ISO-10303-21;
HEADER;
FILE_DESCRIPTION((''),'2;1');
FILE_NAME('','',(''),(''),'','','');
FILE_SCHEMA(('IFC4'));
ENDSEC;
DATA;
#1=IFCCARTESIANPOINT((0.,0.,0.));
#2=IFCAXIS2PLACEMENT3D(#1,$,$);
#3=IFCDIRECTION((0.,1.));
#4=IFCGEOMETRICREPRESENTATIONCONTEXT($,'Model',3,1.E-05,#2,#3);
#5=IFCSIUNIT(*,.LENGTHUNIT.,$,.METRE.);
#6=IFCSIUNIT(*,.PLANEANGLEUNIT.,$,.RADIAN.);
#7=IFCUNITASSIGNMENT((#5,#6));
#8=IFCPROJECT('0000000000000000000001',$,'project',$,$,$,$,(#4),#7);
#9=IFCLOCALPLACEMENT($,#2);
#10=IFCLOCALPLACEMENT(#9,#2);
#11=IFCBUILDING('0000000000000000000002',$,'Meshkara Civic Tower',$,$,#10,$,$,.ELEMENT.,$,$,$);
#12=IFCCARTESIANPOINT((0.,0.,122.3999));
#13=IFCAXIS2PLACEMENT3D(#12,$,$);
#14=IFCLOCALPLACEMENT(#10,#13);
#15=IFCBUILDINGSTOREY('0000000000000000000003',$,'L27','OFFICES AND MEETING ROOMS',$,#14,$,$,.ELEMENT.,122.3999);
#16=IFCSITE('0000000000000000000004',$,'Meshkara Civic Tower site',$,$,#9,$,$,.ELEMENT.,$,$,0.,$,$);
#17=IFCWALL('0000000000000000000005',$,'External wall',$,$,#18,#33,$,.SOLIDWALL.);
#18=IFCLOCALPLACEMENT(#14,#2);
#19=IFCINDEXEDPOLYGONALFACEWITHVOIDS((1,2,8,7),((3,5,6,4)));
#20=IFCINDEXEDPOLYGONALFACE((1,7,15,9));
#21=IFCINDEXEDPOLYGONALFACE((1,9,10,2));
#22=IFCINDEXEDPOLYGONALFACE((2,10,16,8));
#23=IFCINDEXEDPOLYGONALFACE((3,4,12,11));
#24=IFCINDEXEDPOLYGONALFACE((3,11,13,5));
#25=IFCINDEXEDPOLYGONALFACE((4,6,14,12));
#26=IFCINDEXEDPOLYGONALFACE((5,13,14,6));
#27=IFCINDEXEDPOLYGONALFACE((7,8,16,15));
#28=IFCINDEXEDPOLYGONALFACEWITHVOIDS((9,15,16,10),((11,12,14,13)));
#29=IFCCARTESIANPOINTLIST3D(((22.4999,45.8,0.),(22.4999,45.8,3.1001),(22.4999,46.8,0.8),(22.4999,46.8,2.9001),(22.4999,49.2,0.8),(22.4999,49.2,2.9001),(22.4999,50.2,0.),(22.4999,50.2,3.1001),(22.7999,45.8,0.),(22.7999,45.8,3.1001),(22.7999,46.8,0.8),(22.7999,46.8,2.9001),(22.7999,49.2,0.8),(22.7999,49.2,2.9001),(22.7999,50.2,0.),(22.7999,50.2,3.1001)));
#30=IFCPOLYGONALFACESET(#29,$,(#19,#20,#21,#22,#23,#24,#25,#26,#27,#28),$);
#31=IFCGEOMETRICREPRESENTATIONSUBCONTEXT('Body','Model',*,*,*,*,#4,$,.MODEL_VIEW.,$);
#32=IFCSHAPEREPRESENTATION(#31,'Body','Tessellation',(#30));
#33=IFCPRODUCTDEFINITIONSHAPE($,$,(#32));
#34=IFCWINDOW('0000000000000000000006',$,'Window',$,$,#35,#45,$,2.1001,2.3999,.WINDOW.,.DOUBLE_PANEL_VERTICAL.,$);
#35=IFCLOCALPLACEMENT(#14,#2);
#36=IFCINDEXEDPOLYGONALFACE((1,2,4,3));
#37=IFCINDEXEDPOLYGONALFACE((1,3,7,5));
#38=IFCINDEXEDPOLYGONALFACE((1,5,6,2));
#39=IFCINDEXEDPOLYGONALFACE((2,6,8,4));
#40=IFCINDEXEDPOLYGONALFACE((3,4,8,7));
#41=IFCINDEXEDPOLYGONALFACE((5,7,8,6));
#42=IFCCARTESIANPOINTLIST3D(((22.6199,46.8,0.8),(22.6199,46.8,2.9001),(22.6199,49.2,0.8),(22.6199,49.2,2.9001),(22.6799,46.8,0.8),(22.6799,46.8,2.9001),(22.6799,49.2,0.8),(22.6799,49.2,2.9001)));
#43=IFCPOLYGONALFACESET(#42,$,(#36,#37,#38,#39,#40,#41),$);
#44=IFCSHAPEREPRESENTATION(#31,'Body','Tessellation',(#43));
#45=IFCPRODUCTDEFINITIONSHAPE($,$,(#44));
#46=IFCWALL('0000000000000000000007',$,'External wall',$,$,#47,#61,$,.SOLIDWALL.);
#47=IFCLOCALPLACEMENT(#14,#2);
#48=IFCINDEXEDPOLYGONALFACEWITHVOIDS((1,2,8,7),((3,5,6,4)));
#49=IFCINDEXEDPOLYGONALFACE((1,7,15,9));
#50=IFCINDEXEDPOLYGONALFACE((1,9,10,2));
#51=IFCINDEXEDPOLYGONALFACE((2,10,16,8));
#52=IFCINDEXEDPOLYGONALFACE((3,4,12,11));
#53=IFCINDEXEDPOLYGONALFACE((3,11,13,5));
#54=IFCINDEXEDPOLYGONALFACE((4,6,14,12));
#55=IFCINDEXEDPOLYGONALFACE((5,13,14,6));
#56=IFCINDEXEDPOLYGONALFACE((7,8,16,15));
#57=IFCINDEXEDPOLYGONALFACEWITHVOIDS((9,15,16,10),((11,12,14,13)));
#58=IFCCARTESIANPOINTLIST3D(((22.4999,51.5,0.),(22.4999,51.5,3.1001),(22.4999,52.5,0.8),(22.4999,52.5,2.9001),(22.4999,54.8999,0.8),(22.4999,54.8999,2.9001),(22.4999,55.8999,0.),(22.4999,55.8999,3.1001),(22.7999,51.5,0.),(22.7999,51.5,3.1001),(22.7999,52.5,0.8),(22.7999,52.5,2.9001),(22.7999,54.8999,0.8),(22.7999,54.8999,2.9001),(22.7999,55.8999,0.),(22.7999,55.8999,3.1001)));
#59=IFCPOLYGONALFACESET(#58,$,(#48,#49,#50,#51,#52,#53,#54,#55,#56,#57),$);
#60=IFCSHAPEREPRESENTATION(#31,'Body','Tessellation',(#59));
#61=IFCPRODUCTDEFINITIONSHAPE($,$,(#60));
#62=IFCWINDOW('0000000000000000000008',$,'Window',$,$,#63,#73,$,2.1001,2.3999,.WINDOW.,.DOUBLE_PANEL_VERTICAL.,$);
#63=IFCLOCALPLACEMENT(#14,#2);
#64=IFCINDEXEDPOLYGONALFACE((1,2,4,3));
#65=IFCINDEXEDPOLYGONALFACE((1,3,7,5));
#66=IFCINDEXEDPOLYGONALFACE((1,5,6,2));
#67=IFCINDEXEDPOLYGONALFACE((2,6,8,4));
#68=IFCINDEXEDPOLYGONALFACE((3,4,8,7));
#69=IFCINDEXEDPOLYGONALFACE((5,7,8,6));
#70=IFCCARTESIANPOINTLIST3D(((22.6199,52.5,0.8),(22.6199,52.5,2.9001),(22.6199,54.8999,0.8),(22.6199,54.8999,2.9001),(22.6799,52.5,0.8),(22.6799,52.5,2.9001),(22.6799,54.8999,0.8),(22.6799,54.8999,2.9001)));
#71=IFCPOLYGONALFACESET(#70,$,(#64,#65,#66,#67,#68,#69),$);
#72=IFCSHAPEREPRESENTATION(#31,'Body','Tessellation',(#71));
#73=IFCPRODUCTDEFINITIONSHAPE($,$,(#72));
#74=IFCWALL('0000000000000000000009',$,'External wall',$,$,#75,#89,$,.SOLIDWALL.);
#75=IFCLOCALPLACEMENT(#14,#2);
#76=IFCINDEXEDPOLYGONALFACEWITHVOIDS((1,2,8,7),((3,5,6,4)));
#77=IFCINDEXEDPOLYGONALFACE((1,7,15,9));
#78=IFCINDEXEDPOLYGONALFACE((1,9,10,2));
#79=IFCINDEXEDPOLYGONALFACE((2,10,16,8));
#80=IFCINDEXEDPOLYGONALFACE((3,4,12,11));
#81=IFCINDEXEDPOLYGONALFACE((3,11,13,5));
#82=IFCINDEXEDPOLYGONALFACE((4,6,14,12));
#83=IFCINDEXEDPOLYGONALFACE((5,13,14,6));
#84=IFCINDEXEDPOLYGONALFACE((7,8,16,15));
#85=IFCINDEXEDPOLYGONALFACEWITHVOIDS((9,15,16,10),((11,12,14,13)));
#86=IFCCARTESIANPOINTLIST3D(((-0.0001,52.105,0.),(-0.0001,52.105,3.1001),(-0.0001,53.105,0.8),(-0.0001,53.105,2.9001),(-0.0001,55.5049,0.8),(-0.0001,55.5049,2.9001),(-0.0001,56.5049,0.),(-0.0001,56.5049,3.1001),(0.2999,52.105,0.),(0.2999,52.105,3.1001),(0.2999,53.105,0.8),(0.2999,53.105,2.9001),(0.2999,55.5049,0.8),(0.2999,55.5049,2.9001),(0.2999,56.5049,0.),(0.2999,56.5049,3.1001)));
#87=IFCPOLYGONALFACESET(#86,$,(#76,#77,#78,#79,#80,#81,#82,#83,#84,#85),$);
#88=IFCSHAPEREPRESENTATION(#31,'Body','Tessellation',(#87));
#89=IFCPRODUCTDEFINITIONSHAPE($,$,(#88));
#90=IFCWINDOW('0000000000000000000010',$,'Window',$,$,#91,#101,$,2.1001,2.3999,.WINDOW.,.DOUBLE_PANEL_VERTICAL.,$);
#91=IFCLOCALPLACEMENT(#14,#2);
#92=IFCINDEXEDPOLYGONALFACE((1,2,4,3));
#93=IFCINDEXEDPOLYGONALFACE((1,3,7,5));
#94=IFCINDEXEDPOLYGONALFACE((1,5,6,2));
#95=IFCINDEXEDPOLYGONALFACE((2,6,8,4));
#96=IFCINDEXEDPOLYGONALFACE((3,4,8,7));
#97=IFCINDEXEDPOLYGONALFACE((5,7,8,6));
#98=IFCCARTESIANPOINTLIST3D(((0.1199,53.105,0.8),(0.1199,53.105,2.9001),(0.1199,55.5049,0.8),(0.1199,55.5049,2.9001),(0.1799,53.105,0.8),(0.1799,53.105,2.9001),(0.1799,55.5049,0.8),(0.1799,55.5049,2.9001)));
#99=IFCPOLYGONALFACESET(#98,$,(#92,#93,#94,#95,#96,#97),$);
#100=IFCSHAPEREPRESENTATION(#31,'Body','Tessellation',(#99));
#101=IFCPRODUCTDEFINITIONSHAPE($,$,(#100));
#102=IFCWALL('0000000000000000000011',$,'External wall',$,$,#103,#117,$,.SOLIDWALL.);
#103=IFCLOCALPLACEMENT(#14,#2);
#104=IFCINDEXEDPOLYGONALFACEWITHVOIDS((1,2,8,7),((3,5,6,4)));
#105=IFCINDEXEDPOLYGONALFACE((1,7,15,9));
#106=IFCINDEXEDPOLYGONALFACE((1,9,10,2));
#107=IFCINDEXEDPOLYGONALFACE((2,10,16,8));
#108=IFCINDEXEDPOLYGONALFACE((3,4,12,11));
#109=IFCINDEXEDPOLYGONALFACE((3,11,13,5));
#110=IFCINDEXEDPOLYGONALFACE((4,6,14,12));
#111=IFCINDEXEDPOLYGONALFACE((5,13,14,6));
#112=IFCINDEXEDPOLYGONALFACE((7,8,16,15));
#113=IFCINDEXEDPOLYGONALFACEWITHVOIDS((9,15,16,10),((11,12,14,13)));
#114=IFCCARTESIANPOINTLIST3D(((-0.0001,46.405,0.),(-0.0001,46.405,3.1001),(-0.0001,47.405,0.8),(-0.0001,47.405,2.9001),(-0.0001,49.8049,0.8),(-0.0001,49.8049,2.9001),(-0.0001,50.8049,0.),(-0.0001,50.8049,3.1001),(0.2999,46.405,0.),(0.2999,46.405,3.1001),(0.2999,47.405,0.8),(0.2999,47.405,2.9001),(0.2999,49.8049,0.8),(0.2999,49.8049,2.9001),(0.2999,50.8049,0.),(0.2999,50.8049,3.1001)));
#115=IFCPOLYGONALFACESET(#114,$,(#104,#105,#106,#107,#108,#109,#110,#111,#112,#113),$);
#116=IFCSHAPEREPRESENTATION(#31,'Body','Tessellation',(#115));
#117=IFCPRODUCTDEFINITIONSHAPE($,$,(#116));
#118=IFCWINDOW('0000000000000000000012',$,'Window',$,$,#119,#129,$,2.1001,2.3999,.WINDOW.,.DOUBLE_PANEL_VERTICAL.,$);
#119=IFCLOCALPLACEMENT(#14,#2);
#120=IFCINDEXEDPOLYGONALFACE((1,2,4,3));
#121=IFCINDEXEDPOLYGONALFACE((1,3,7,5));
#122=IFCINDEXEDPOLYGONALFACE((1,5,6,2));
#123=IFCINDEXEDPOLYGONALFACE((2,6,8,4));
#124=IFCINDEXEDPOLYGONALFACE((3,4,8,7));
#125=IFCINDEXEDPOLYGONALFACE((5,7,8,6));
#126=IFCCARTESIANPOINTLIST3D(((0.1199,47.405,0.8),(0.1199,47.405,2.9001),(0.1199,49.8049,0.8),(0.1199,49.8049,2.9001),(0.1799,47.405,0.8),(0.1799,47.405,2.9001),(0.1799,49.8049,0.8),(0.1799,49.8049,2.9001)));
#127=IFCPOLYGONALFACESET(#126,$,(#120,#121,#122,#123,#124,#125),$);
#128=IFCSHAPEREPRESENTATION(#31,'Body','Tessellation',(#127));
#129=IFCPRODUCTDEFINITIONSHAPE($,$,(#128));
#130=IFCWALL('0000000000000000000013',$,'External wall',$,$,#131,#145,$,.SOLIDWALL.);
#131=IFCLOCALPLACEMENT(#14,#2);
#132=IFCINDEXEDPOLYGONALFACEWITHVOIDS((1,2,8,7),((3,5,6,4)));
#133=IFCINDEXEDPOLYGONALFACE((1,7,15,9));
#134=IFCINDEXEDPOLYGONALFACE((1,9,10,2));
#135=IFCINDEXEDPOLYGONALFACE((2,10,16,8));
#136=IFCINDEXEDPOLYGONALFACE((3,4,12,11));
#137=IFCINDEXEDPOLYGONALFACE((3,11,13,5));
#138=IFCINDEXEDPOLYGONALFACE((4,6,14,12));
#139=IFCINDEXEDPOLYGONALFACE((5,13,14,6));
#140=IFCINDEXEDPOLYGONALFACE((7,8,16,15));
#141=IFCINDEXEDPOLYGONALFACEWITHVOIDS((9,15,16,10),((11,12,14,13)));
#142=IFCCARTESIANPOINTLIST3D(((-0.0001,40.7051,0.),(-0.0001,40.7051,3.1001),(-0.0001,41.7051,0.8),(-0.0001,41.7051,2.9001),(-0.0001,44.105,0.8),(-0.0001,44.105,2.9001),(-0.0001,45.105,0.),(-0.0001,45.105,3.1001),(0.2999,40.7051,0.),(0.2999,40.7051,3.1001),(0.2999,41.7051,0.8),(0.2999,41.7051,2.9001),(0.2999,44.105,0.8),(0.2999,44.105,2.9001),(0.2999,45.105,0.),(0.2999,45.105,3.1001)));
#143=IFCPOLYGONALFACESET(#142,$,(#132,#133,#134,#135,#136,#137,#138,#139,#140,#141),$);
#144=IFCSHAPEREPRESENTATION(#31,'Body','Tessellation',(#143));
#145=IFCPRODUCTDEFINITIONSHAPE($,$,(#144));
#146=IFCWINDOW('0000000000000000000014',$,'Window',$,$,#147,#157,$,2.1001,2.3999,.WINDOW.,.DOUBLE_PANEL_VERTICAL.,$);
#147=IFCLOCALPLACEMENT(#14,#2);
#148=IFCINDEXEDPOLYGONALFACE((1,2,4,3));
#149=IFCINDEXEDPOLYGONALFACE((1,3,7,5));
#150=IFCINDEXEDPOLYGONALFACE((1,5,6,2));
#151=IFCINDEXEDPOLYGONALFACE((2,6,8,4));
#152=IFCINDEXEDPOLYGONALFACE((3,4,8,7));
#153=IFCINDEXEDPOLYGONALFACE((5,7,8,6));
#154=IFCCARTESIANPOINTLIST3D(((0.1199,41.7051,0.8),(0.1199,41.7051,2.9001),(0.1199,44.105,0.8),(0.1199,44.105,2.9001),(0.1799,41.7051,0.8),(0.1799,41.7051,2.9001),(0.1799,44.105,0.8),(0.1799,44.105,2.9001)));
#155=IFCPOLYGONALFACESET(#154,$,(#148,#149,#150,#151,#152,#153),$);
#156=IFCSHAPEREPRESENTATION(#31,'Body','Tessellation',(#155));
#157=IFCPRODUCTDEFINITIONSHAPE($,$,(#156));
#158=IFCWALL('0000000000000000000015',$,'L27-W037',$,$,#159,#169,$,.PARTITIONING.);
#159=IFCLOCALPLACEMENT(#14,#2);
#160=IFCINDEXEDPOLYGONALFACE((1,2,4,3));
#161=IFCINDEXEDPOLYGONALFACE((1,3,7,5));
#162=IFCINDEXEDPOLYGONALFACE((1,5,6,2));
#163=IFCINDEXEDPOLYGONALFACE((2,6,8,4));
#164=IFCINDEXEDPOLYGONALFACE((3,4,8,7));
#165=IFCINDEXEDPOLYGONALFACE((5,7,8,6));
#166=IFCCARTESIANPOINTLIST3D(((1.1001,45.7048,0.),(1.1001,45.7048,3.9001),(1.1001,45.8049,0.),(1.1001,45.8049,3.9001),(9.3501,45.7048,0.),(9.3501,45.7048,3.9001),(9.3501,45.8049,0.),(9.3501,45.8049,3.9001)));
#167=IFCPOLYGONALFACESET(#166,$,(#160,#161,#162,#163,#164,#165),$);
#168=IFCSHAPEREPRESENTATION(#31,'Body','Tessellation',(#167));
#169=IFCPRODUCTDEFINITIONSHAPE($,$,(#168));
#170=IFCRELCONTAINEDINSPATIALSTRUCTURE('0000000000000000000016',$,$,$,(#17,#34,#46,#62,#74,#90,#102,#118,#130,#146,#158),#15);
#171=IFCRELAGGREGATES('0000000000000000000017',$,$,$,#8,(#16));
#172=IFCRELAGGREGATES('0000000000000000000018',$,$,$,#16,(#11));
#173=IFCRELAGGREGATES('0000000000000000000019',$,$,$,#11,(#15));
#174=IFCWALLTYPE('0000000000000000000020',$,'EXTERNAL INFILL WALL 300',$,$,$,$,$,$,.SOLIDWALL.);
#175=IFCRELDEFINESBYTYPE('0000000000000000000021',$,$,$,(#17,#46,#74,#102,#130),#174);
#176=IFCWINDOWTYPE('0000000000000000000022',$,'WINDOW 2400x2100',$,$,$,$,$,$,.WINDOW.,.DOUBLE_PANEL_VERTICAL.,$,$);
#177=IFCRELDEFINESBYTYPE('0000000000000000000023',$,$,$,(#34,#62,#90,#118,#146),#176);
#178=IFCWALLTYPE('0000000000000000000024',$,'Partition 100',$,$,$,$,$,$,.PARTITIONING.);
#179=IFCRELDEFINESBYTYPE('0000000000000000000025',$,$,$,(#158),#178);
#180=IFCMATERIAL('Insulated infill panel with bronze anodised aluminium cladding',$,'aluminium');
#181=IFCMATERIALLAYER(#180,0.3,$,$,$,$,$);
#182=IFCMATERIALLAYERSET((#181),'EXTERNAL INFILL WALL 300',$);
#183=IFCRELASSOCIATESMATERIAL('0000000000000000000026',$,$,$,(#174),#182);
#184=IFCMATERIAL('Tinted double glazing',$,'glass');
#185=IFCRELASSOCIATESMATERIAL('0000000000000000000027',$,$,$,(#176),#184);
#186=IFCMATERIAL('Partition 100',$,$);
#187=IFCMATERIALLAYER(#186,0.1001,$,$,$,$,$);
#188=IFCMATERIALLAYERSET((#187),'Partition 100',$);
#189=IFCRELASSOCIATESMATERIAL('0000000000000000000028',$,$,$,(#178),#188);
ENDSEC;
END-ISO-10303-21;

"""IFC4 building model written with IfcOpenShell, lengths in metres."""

from ifc_helpers import new_model, si_unit, direction, frame, frame_2d, origin, place, context, subcontext, project, spatial, rectangle, extrude, material, layer, layer_set, type_object, element, fill, save


model = new_model("IFC4")

# Units and contexts
model_context = context("Model", 3, precision=1e-05, world=origin(), true_north=direction((0.0, 1.0)))
body_context = subcontext(model_context, "Body", "Model", "MODEL_VIEW")
ifc_project = project(units=[si_unit("LENGTHUNIT", "METRE"), si_unit("PLANEANGLEUNIT", "RADIAN")], contexts=[model_context])

# Site, building, storey
site_placement = place(None, origin())
site = spatial("IfcSite", under=ifc_project, at=site_placement, Name="Meshkara Civic Tower site", CompositionType="ELEMENT", RefElevation=0.0)
building_placement = place(site_placement, origin())
building = spatial("IfcBuilding", under=site, at=building_placement, Name="Meshkara Civic Tower", CompositionType="ELEMENT")
storey_placement = place(building_placement, frame((0.0, 0.0, 122.3999)))
storey = spatial("IfcBuildingStorey", under=building, at=storey_placement, Name="L27", Description="OFFICES AND MEETING ROOMS", CompositionType="ELEMENT", Elevation=122.3999)

# Walls, openings, windows
ifc_material_1 = material(Name="Insulated infill panel with bronze anodised aluminium cladding", Category="aluminium")
ifc_layer_1 = layer(ifc_material_1, 0.3)
ifc_layer_set_1 = layer_set([ifc_layer_1], Name="EXTERNAL INFILL WALL 300")
wall_type_1 = type_object("IfcWallType", Name="EXTERNAL INFILL WALL 300", PredefinedType="SOLIDWALL", material=ifc_layer_set_1)
wall_1_placement = place(storey_placement, frame((22.6499, 45.8, 0.0), z_axis=(0.0, 0.0, 1.0), x_axis=(0.0, 1.0, 0.0)))
wall_1 = element("IfcWall", 1, at=wall_1_placement, inside=storey, type_object=wall_type_1, Name="External wall", PredefinedType="SOLIDWALL", context=body_context, shape_type="SweptSolid", body=[
    extrude(rectangle(XDim=4.3999, YDim=0.3, at=frame_2d((2.2, 0.0))), origin(), (0.0, 0.0, 1.0), 3.1001),
])
opening_1_placement = place(wall_1_placement, frame((1.0, 0.0, 0.8)))
opening_1 = element("IfcOpeningElement", 2, at=opening_1_placement, cuts=wall_1, PredefinedType="OPENING", context=body_context, shape_type="SweptSolid", body=[
    extrude(rectangle(XDim=2.3999, YDim=2.1001, at=frame_2d((1.2, 1.05))), frame((0.0, 0.1599, 0.0), z_axis=(0.0, -1.0, 0.0), x_axis=(1.0, 0.0, 0.0)), (0.0, 0.0, 1.0), 0.3201),
])
ifc_material_2 = material(Name="Tinted double glazing", Category="glass")
window_type = type_object("IfcWindowType", Name="WINDOW 2400x2100", PartitioningType="DOUBLE_PANEL_VERTICAL", PredefinedType="WINDOW", material=ifc_material_2)
window_1_placement = place(opening_1_placement, origin())
window_1 = element("IfcWindow", 3, at=window_1_placement, inside=storey, type_object=window_type, Name="Window", OverallHeight=2.1001, OverallWidth=2.3999, PartitioningType="DOUBLE_PANEL_VERTICAL", PredefinedType="WINDOW", context=body_context, shape_type="SweptSolid", body=[
    extrude(rectangle(XDim=2.3999, YDim=2.1001, at=frame_2d((1.2, 1.05))), frame((0.0, 0.03, 0.0), z_axis=(0.0, -1.0, 0.0), x_axis=(1.0, 0.0, 0.0)), (0.0, 0.0, 1.0), 0.0601),
])
fill(opening_1, window_1)
wall_2_placement = place(storey_placement, frame((22.6499, 51.5, 0.0), z_axis=(0.0, 0.0, 1.0), x_axis=(0.0, 1.0, 0.0)))
wall_2 = element("IfcWall", 4, at=wall_2_placement, inside=storey, type_object=wall_type_1, Name="External wall", PredefinedType="SOLIDWALL", context=body_context, shape_type="SweptSolid", body=[
    extrude(rectangle(XDim=4.3999, YDim=0.3, at=frame_2d((2.2, 0.0))), origin(), (0.0, 0.0, 1.0), 3.1001),
])
opening_2_placement = place(wall_2_placement, frame((1.0, 0.0, 0.8)))
opening_2 = element("IfcOpeningElement", 5, at=opening_2_placement, cuts=wall_2, PredefinedType="OPENING", context=body_context, shape_type="SweptSolid", body=[
    extrude(rectangle(XDim=2.3999, YDim=2.1001, at=frame_2d((1.2, 1.05))), frame((0.0, 0.1599, 0.0), z_axis=(0.0, -1.0, 0.0), x_axis=(1.0, 0.0, 0.0)), (0.0, 0.0, 1.0), 0.3201),
])
window_2_placement = place(opening_2_placement, origin())
window_2 = element("IfcWindow", 6, at=window_2_placement, inside=storey, type_object=window_type, Name="Window", OverallHeight=2.1001, OverallWidth=2.3999, PartitioningType="DOUBLE_PANEL_VERTICAL", PredefinedType="WINDOW", context=body_context, shape_type="SweptSolid", body=[
    extrude(rectangle(XDim=2.3999, YDim=2.1001, at=frame_2d((1.2, 1.05))), frame((0.0, 0.03, 0.0), z_axis=(0.0, -1.0, 0.0), x_axis=(1.0, 0.0, 0.0)), (0.0, 0.0, 1.0), 0.0601),
])
fill(opening_2, window_2)
wall_3_placement = place(storey_placement, frame((0.1499, 56.5049, 0.0), z_axis=(0.0, 0.0, 1.0), x_axis=(0.0, -1.0, 0.0)))
wall_3 = element("IfcWall", 7, at=wall_3_placement, inside=storey, type_object=wall_type_1, Name="External wall", PredefinedType="SOLIDWALL", context=body_context, shape_type="SweptSolid", body=[
    extrude(rectangle(XDim=4.3999, YDim=0.3, at=frame_2d((2.2, 0.0))), origin(), (0.0, 0.0, 1.0), 3.1001),
])
opening_3_placement = place(wall_3_placement, frame((1.0, 0.0, 0.8)))
opening_3 = element("IfcOpeningElement", 8, at=opening_3_placement, cuts=wall_3, PredefinedType="OPENING", context=body_context, shape_type="SweptSolid", body=[
    extrude(rectangle(XDim=2.3999, YDim=2.1001, at=frame_2d((1.2, 1.05))), frame((0.0, 0.1599, 0.0), z_axis=(0.0, -1.0, 0.0), x_axis=(1.0, 0.0, 0.0)), (0.0, 0.0, 1.0), 0.3201),
])
window_3_placement = place(opening_3_placement, origin())
window_3 = element("IfcWindow", 9, at=window_3_placement, inside=storey, type_object=window_type, Name="Window", OverallHeight=2.1001, OverallWidth=2.3999, PartitioningType="DOUBLE_PANEL_VERTICAL", PredefinedType="WINDOW", context=body_context, shape_type="SweptSolid", body=[
    extrude(rectangle(XDim=2.3999, YDim=2.1001, at=frame_2d((1.2, 1.05))), frame((0.0, 0.03, 0.0), z_axis=(0.0, -1.0, 0.0), x_axis=(1.0, 0.0, 0.0)), (0.0, 0.0, 1.0), 0.0601),
])
fill(opening_3, window_3)
wall_4_placement = place(storey_placement, frame((0.1499, 50.8049, 0.0), z_axis=(0.0, 0.0, 1.0), x_axis=(0.0, -1.0, 0.0)))
wall_4 = element("IfcWall", 10, at=wall_4_placement, inside=storey, type_object=wall_type_1, Name="External wall", PredefinedType="SOLIDWALL", context=body_context, shape_type="SweptSolid", body=[
    extrude(rectangle(XDim=4.3999, YDim=0.3, at=frame_2d((2.2, 0.0))), origin(), (0.0, 0.0, 1.0), 3.1001),
])
opening_4_placement = place(wall_4_placement, frame((1.0, 0.0, 0.8)))
opening_4 = element("IfcOpeningElement", 11, at=opening_4_placement, cuts=wall_4, PredefinedType="OPENING", context=body_context, shape_type="SweptSolid", body=[
    extrude(rectangle(XDim=2.3999, YDim=2.1001, at=frame_2d((1.2, 1.05))), frame((0.0, 0.1599, 0.0), z_axis=(0.0, -1.0, 0.0), x_axis=(1.0, 0.0, 0.0)), (0.0, 0.0, 1.0), 0.3201),
])
window_4_placement = place(opening_4_placement, origin())
window_4 = element("IfcWindow", 12, at=window_4_placement, inside=storey, type_object=window_type, Name="Window", OverallHeight=2.1001, OverallWidth=2.3999, PartitioningType="DOUBLE_PANEL_VERTICAL", PredefinedType="WINDOW", context=body_context, shape_type="SweptSolid", body=[
    extrude(rectangle(XDim=2.3999, YDim=2.1001, at=frame_2d((1.2, 1.05))), frame((0.0, 0.03, 0.0), z_axis=(0.0, -1.0, 0.0), x_axis=(1.0, 0.0, 0.0)), (0.0, 0.0, 1.0), 0.0601),
])
fill(opening_4, window_4)
wall_5_placement = place(storey_placement, frame((0.1499, 45.105, 0.0), z_axis=(0.0, 0.0, 1.0), x_axis=(0.0, -1.0, 0.0)))
wall_5 = element("IfcWall", 13, at=wall_5_placement, inside=storey, type_object=wall_type_1, Name="External wall", PredefinedType="SOLIDWALL", context=body_context, shape_type="SweptSolid", body=[
    extrude(rectangle(XDim=4.3999, YDim=0.3, at=frame_2d((2.2, 0.0))), origin(), (0.0, 0.0, 1.0), 3.1001),
])
opening_5_placement = place(wall_5_placement, frame((1.0, 0.0, 0.8)))
opening_5 = element("IfcOpeningElement", 14, at=opening_5_placement, cuts=wall_5, PredefinedType="OPENING", context=body_context, shape_type="SweptSolid", body=[
    extrude(rectangle(XDim=2.3999, YDim=2.1001, at=frame_2d((1.2, 1.05))), frame((0.0, 0.1599, 0.0), z_axis=(0.0, -1.0, 0.0), x_axis=(1.0, 0.0, 0.0)), (0.0, 0.0, 1.0), 0.3201),
])
window_5_placement = place(opening_5_placement, origin())
window_5 = element("IfcWindow", 15, at=window_5_placement, inside=storey, type_object=window_type, Name="Window", OverallHeight=2.1001, OverallWidth=2.3999, PartitioningType="DOUBLE_PANEL_VERTICAL", PredefinedType="WINDOW", context=body_context, shape_type="SweptSolid", body=[
    extrude(rectangle(XDim=2.3999, YDim=2.1001, at=frame_2d((1.2, 1.05))), frame((0.0, 0.03, 0.0), z_axis=(0.0, -1.0, 0.0), x_axis=(1.0, 0.0, 0.0)), (0.0, 0.0, 1.0), 0.0601),
])
fill(opening_5, window_5)

# Wall
ifc_material_3 = material(Name="Partition 100")
ifc_layer_2 = layer(ifc_material_3, 0.1001)
ifc_layer_set_2 = layer_set([ifc_layer_2], Name="Partition 100")
wall_type_2 = type_object("IfcWallType", Name="Partition 100", PredefinedType="PARTITIONING", material=ifc_layer_set_2)
wall_6_placement = place(storey_placement, frame((9.3501, 45.7549, 0.0), z_axis=(0.0, 0.0, 1.0), x_axis=(-1.0, 0.0, 0.0)))
element("IfcWall", 16, at=wall_6_placement, inside=storey, type_object=wall_type_2, Name="L27-W037", PredefinedType="PARTITIONING", context=body_context, shape_type="SweptSolid", body=[
    extrude(rectangle(XDim=8.25, YDim=0.1001, at=frame_2d((4.125, 0.0))), origin(), (0.0, 0.0, 1.0), 3.9001),
])

save(model, "model.ifc")
